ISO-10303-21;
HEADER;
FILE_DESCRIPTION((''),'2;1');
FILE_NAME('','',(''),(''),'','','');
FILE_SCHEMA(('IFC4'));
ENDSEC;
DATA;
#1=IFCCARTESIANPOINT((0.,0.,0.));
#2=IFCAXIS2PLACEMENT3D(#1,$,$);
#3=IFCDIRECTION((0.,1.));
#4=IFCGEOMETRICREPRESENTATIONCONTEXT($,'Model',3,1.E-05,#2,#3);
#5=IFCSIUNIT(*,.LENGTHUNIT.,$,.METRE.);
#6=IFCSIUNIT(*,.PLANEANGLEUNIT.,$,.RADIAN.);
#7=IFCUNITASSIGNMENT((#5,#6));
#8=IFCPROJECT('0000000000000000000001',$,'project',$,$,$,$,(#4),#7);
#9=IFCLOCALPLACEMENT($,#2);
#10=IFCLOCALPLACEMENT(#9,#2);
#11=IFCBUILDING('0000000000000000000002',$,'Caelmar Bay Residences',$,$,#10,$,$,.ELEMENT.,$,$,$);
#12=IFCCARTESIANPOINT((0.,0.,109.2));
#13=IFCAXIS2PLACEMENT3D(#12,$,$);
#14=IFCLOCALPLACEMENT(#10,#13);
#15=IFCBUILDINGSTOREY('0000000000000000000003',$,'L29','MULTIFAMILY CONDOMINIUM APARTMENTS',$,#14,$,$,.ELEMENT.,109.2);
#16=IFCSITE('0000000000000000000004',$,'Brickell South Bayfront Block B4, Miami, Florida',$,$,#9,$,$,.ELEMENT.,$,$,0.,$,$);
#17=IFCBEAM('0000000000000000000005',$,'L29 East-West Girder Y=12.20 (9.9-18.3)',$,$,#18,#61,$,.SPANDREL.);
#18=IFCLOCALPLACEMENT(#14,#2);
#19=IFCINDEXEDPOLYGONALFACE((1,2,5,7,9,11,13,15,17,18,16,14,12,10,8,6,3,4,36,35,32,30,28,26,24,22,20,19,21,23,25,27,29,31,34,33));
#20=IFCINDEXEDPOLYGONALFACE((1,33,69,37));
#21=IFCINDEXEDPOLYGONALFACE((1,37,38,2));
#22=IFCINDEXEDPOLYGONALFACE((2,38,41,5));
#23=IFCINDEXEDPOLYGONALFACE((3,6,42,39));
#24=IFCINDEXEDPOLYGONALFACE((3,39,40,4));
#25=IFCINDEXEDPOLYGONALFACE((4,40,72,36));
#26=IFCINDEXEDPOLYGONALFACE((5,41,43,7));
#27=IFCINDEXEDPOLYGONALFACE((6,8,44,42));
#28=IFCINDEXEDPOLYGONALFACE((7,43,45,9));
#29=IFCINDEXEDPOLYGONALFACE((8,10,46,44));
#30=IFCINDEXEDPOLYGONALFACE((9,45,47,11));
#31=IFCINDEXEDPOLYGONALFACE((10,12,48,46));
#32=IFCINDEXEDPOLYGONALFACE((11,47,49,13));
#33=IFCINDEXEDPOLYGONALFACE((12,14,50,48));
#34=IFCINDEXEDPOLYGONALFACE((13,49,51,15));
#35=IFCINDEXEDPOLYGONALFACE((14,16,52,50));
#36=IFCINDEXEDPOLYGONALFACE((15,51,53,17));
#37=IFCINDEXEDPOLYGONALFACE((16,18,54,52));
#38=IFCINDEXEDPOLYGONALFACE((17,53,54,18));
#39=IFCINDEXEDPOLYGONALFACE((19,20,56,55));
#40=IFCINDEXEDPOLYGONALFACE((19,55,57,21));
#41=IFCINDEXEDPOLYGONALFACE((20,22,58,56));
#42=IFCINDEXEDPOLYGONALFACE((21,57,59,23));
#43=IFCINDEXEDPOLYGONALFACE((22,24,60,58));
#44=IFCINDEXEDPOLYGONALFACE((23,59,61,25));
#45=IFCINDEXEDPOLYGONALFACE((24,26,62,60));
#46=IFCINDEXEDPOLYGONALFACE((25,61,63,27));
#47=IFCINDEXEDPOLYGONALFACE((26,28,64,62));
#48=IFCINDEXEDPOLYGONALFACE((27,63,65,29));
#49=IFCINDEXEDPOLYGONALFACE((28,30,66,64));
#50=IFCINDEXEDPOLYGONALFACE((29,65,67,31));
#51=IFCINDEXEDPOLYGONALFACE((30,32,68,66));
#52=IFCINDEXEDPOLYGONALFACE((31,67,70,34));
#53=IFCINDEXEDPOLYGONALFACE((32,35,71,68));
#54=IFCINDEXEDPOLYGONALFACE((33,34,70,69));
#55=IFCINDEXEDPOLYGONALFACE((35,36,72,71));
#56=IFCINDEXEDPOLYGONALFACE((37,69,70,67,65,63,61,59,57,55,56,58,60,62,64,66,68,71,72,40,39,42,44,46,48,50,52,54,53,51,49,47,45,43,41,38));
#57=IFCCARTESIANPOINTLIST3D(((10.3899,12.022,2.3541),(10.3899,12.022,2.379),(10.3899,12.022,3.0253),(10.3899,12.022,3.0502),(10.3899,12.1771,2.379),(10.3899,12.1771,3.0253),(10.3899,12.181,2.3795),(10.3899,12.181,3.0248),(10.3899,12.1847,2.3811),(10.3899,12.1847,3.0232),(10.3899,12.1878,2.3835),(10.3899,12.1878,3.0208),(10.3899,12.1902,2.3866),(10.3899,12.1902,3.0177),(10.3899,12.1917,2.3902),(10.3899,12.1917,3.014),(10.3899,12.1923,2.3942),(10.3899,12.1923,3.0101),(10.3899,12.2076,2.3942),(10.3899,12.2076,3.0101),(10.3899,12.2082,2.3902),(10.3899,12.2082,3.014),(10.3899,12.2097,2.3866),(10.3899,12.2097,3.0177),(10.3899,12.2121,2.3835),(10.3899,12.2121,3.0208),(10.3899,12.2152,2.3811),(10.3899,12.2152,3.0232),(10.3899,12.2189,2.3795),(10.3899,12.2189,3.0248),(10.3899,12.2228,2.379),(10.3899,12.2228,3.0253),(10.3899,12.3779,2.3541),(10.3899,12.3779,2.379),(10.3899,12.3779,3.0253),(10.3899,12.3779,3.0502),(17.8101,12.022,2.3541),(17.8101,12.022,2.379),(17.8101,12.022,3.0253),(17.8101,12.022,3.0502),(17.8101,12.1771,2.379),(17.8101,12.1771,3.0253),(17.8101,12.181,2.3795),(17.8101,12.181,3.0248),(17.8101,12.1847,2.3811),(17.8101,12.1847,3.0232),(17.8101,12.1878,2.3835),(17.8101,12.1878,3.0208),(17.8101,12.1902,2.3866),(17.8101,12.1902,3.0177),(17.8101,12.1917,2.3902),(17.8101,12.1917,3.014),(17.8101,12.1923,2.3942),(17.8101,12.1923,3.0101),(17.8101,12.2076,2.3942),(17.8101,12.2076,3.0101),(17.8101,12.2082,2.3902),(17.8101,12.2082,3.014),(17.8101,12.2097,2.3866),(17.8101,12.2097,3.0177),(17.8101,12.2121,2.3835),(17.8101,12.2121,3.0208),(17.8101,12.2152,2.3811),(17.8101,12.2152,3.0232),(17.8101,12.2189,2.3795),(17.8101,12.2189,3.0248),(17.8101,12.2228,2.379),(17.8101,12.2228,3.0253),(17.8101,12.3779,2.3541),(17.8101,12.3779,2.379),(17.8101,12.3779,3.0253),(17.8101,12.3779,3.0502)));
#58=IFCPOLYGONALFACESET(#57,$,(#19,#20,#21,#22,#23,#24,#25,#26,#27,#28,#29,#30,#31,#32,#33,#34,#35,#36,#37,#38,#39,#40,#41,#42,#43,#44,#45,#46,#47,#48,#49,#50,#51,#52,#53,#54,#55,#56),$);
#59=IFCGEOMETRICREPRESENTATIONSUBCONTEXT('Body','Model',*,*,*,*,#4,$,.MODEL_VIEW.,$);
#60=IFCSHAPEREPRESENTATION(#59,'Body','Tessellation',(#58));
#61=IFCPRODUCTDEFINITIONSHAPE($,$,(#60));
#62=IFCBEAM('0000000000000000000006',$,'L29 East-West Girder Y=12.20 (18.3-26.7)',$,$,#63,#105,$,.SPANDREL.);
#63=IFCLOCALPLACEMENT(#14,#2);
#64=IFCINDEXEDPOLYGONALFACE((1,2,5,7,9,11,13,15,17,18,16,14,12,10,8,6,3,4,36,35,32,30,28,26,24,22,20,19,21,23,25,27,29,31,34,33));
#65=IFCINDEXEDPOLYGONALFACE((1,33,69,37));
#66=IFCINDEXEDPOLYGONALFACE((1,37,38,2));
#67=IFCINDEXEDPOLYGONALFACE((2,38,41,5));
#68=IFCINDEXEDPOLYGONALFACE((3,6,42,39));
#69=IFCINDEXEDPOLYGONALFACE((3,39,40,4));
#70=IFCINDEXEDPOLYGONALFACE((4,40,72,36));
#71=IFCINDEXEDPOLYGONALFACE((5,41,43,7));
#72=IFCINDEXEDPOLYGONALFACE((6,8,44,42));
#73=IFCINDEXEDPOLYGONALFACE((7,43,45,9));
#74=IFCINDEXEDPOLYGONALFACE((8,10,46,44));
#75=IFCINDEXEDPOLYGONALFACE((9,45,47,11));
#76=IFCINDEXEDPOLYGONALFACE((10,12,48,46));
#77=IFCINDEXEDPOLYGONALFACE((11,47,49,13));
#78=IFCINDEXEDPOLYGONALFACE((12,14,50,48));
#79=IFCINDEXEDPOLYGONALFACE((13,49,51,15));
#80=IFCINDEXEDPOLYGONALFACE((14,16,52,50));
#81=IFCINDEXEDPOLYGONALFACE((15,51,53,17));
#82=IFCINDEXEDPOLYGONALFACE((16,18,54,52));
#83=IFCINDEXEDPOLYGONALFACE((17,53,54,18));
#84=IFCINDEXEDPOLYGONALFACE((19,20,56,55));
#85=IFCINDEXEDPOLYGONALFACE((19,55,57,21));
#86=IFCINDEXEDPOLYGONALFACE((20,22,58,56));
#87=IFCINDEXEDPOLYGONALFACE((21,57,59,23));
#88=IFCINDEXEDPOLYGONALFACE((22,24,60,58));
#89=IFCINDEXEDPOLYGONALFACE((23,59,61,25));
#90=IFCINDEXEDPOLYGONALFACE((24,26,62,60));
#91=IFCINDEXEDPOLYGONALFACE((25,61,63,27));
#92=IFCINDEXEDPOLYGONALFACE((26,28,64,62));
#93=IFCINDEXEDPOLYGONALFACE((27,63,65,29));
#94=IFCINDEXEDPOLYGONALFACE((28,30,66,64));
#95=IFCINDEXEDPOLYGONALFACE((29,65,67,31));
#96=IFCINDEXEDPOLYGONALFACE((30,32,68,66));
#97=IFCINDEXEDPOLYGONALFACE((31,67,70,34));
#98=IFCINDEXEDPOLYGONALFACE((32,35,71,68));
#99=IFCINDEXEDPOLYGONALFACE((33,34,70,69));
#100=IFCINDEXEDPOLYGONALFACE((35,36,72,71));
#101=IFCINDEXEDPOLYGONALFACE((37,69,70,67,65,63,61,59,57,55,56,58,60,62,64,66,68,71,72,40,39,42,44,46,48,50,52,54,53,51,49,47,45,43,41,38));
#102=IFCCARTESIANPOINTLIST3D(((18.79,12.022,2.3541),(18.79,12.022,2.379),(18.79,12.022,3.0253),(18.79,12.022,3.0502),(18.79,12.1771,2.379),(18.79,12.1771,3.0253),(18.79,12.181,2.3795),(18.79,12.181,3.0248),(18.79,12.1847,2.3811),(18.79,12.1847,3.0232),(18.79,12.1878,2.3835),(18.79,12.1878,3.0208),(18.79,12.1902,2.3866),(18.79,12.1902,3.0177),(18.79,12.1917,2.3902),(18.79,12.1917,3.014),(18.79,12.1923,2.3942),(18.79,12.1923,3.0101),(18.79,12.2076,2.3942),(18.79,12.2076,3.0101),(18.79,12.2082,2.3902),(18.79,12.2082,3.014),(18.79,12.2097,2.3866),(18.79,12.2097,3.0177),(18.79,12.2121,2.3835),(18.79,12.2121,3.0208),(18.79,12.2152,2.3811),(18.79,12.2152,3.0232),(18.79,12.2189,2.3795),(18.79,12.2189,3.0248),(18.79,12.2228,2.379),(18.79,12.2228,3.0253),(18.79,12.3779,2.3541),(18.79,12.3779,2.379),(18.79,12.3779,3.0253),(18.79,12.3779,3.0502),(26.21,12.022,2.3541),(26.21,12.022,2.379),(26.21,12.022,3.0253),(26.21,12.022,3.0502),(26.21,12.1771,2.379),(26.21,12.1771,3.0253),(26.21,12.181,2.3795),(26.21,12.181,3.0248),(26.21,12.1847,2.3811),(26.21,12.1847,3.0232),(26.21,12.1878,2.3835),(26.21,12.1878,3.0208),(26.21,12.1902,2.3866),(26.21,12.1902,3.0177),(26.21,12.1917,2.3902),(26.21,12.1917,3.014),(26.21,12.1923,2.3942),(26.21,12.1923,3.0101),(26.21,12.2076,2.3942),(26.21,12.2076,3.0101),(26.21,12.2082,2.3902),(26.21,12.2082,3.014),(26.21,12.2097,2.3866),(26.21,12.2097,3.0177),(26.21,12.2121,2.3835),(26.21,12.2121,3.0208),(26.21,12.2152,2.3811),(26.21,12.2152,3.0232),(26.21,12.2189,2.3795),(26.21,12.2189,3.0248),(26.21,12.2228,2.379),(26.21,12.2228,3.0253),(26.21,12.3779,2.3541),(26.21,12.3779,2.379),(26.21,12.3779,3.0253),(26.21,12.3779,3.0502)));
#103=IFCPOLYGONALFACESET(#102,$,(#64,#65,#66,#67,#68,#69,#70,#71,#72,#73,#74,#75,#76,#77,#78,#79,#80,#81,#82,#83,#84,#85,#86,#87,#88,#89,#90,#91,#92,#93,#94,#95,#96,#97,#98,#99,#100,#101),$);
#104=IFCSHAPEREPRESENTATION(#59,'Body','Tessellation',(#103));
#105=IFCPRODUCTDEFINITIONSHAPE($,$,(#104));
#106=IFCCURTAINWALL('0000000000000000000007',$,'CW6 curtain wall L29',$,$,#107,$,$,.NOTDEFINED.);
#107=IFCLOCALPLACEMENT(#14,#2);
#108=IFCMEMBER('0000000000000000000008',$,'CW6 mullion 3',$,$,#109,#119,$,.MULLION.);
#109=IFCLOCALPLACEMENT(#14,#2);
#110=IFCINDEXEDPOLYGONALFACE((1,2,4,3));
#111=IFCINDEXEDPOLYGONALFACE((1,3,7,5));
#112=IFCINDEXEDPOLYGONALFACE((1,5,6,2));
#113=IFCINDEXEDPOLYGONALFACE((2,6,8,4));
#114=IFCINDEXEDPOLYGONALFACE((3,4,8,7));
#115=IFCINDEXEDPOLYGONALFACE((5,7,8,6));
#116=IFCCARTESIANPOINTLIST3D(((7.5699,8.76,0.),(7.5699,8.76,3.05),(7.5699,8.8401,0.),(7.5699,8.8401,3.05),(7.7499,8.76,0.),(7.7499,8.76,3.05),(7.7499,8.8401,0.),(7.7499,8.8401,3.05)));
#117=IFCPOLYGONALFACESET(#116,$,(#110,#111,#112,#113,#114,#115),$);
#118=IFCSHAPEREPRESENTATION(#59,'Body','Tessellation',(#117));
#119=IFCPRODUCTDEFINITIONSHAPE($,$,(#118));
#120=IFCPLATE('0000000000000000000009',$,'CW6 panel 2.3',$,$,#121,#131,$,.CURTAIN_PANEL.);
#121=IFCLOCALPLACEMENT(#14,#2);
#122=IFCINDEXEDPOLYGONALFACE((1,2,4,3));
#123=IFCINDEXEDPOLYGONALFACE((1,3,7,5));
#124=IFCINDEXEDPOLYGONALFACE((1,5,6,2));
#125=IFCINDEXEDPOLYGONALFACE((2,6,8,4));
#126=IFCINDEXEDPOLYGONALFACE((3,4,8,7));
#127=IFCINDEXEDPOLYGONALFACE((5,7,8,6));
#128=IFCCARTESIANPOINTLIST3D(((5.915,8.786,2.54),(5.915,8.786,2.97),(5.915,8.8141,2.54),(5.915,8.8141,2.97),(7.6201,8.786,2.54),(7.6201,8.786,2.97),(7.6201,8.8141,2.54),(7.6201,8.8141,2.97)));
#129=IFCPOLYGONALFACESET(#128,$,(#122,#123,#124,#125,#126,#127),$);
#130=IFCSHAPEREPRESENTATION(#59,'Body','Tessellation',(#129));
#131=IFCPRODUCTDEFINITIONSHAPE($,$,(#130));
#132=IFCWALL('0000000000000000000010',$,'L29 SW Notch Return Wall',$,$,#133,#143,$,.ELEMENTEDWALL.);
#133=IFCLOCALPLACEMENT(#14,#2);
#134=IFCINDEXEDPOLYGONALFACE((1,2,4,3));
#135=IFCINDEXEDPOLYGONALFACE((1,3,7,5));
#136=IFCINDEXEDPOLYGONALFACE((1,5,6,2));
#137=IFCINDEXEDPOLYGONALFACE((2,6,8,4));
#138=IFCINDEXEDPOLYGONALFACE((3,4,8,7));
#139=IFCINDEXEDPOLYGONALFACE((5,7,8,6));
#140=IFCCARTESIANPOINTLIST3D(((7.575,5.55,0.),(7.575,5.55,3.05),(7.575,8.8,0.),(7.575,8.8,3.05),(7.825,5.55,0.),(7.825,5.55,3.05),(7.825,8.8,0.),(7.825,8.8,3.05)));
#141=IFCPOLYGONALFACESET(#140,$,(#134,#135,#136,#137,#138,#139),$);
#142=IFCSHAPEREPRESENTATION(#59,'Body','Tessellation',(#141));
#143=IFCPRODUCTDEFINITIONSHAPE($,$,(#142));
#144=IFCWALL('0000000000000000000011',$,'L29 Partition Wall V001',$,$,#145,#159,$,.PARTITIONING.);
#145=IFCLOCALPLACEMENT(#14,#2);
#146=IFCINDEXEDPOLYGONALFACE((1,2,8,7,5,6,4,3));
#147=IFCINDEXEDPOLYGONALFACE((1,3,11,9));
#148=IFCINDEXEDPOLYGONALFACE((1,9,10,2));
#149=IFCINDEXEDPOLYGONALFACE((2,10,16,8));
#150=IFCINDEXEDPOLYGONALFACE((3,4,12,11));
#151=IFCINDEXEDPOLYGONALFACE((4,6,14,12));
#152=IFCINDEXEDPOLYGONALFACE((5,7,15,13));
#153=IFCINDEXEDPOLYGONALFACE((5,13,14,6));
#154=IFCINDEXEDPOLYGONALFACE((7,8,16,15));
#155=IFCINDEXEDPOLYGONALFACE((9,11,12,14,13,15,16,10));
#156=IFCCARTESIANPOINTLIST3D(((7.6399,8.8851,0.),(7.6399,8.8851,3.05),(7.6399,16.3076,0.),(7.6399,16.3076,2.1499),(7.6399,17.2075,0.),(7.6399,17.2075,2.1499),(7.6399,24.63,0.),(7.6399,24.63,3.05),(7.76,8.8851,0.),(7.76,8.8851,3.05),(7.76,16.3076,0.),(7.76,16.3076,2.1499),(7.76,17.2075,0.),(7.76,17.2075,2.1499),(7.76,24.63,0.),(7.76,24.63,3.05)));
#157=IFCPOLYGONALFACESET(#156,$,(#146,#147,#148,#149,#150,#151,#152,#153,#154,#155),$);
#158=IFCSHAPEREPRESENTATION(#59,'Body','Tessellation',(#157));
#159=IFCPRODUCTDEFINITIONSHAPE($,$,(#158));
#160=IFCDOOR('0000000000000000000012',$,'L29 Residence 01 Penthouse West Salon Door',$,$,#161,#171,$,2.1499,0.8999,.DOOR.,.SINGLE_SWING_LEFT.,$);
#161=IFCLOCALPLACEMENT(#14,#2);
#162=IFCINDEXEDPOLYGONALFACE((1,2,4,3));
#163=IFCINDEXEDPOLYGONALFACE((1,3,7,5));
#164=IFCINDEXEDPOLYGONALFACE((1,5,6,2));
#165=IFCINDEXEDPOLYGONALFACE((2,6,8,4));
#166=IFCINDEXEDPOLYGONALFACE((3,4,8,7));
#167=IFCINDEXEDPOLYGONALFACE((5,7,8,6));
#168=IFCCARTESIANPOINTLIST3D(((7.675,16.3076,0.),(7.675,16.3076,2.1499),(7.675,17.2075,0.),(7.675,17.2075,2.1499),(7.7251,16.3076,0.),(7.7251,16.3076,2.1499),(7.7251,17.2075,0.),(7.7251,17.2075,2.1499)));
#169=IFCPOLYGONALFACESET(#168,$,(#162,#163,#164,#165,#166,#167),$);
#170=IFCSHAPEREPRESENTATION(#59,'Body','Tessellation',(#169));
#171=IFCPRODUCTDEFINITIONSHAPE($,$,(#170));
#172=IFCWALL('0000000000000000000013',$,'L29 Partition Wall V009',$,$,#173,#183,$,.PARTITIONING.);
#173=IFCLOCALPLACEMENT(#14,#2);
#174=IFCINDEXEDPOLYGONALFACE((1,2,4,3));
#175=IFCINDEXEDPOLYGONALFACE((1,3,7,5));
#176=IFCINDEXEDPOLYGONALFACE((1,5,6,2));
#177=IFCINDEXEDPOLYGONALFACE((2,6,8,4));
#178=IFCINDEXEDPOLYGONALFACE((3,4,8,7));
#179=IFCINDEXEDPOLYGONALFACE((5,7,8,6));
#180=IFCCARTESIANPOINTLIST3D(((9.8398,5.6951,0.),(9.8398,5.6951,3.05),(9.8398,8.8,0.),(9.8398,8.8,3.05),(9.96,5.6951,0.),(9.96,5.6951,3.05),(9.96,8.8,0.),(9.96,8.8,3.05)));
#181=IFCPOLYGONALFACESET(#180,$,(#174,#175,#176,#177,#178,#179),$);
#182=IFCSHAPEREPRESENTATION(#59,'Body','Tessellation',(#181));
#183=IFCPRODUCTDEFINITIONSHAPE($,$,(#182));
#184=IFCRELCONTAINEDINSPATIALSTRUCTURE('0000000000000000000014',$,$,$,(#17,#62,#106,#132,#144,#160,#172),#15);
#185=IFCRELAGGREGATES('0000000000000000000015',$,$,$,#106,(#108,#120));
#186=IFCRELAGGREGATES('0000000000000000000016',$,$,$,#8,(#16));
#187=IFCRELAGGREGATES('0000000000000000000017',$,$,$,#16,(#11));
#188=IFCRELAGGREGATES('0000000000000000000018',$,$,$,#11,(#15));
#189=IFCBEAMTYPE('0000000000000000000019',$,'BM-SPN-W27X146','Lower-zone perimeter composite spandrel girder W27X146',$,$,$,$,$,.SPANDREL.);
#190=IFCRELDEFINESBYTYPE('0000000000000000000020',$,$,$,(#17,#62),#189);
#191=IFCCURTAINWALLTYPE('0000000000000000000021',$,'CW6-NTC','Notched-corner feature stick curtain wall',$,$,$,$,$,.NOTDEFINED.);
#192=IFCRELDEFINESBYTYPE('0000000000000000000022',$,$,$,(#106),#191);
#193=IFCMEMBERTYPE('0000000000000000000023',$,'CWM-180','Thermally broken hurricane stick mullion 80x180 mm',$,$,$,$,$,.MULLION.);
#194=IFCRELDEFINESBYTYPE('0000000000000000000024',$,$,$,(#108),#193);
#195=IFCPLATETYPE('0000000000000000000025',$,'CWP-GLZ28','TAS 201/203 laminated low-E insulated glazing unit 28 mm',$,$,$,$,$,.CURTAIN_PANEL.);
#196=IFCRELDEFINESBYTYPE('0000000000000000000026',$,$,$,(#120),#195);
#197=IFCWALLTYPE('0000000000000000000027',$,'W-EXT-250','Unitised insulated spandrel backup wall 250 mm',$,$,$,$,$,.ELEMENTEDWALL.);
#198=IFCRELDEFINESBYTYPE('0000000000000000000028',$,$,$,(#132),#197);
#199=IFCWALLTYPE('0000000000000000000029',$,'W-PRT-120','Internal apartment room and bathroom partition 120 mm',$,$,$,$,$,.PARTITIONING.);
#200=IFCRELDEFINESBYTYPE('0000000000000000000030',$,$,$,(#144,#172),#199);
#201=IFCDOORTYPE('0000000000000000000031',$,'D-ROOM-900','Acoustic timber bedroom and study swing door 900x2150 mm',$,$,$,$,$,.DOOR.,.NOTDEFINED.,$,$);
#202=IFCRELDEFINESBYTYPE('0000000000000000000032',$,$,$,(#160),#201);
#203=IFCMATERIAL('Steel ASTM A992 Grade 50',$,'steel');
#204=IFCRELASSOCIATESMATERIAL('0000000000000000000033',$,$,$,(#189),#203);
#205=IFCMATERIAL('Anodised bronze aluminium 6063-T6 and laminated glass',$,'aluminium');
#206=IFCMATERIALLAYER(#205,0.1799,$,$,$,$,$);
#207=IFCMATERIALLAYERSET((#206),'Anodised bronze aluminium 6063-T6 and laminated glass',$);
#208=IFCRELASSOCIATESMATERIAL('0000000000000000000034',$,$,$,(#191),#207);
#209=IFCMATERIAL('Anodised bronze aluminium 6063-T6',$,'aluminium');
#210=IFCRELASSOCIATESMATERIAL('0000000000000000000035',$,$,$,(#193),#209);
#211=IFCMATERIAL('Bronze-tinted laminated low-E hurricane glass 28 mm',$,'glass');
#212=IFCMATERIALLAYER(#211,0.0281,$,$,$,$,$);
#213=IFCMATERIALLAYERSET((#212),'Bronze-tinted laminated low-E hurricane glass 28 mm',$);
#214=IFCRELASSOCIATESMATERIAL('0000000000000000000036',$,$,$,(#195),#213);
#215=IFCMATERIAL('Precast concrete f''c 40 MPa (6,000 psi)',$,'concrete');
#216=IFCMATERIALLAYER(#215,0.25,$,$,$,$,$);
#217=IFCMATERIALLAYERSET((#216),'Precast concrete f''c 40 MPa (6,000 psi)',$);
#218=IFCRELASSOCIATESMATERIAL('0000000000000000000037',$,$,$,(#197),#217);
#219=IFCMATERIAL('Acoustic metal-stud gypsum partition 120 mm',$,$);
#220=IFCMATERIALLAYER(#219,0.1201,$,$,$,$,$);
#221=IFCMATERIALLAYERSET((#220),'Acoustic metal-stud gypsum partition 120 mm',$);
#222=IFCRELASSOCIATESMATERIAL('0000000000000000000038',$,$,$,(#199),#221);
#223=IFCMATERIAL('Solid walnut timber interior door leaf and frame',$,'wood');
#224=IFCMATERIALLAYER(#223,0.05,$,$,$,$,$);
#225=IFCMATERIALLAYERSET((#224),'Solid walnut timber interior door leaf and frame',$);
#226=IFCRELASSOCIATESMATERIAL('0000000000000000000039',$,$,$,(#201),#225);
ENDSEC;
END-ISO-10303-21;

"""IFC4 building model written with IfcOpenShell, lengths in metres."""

from ifc_helpers import new_model, si_unit, direction, frame, frame_2d, origin, origin_2d, place, context, subcontext, project, spatial, rectangle, i_section, extrude, material, layer, layer_set, material_profile, profile_set, type_object, element, fill, aggregate, save


model = new_model("IFC4")

# Units and contexts
model_context = context("Model", 3, precision=1e-05, world=origin(), true_north=direction((0.0, 1.0)))
body_context = subcontext(model_context, "Body", "Model", "MODEL_VIEW")
ifc_project = project(units=[si_unit("LENGTHUNIT", "METRE"), si_unit("PLANEANGLEUNIT", "RADIAN")], contexts=[model_context])

# Site, building, storey
site_placement = place(None, origin())
site = spatial("IfcSite", under=ifc_project, at=site_placement, Name="Brickell South Bayfront Block B4, Miami, Florida", CompositionType="ELEMENT", RefElevation=0.0)
building_placement = place(site_placement, origin())
building = spatial("IfcBuilding", under=site, at=building_placement, Name="Caelmar Bay Residences", CompositionType="ELEMENT")
storey_placement = place(building_placement, frame((0.0, 0.0, 109.2)))
storey = spatial("IfcBuildingStorey", under=building, at=storey_placement, Name="L29", Description="MULTIFAMILY CONDOMINIUM APARTMENTS", CompositionType="ELEMENT", Elevation=109.2)

# Beams
ifc_material_1 = material(Name="Steel ASTM A992 Grade 50", Category="steel")
ifc_material_profile_1 = material_profile(ifc_material_1, i_section(OverallWidth=0.356, OverallDepth=0.696, WebThickness=0.0154, FlangeThickness=0.0249, FilletRadius=0.0151, at=origin_2d()), Name="W27X146")
ifc_profile_set_1 = profile_set([ifc_material_profile_1], Name="Steel ASTM A992 Grade 50")
beam_type_1 = type_object("IfcBeamType", Name="BM-SPN-W27X146", Description="Lower-zone perimeter composite spandrel girder W27X146", PredefinedType="SPANDREL", material=ifc_profile_set_1)
beam_1_placement = place(storey_placement, frame((10.3899, 12.2, 2.7021), z_axis=(1.0, 0.0, 0.0), x_axis=(0.0, 1.0, 0.0)))
element("IfcBeam", 1, at=beam_1_placement, inside=storey, type_object=beam_type_1, Name="L29 East-West Girder Y=12.20 (9.9-18.3)", PredefinedType="SPANDREL", context=body_context, shape_type="SweptSolid", body=[
    extrude(i_section(OverallWidth=0.356, OverallDepth=0.696, WebThickness=0.0154, FlangeThickness=0.0249, FilletRadius=0.0151, at=origin_2d()), origin(), (0.0, 0.0, 1.0), 7.4202),
])
beam_2_placement = place(storey_placement, frame((18.79, 12.2, 2.7021), z_axis=(1.0, 0.0, 0.0), x_axis=(0.0, 1.0, 0.0)))
element("IfcBeam", 2, at=beam_2_placement, inside=storey, type_object=beam_type_1, Name="L29 East-West Girder Y=12.20 (18.3-26.7)", PredefinedType="SPANDREL", context=body_context, shape_type="SweptSolid", body=[
    extrude(i_section(OverallWidth=0.356, OverallDepth=0.696, WebThickness=0.0154, FlangeThickness=0.0249, FilletRadius=0.0151, at=origin_2d()), origin(), (0.0, 0.0, 1.0), 7.4199),
])

# Curtain wall, member, plate
ifc_material_2 = material(Name="Anodised bronze aluminium 6063-T6 and laminated glass", Category="aluminium")
ifc_layer_1 = layer(ifc_material_2, 0.1799)
ifc_layer_set_1 = layer_set([ifc_layer_1], Name="Anodised bronze aluminium 6063-T6 and laminated glass")
curtain_wall_type = type_object("IfcCurtainWallType", Name="CW6-NTC", Description="Notched-corner feature stick curtain wall", PredefinedType="NOTDEFINED", material=ifc_layer_set_1)
curtain_wall_placement = place(storey_placement, origin())
curtain_wall = element("IfcCurtainWall", 3, at=curtain_wall_placement, inside=storey, type_object=curtain_wall_type, Name="CW6 curtain wall L29", PredefinedType="NOTDEFINED")
ifc_material_3 = material(Name="Anodised bronze aluminium 6063-T6", Category="aluminium")
ifc_material_profile_2 = material_profile(ifc_material_3, rectangle(XDim=0.0801, YDim=0.1799, at=origin_2d()), Name="CWM-80X180")
ifc_profile_set_2 = profile_set([ifc_material_profile_2], Name="Anodised bronze aluminium 6063-T6")
member_type = type_object("IfcMemberType", Name="CWM-180", Description="Thermally broken hurricane stick mullion 80x180 mm", PredefinedType="MULLION", material=ifc_profile_set_2)
member_placement = place(storey_placement, frame((7.6599, 8.8, 0.0), z_axis=(0.0, 0.0, 1.0), x_axis=(0.0, 1.0, 0.0)))
member = element("IfcMember", 4, at=member_placement, type_object=member_type, Name="CW6 mullion 3", PredefinedType="MULLION", context=body_context, shape_type="SweptSolid", body=[
    extrude(rectangle(XDim=0.0801, YDim=0.1799, at=origin_2d()), origin(), (0.0, 0.0, 1.0), 3.05),
])
ifc_material_4 = material(Name="Bronze-tinted laminated low-E hurricane glass 28 mm", Category="glass")
ifc_layer_2 = layer(ifc_material_4, 0.0281)
ifc_layer_set_2 = layer_set([ifc_layer_2], Name="Bronze-tinted laminated low-E hurricane glass 28 mm")
plate_type = type_object("IfcPlateType", Name="CWP-GLZ28", Description="TAS 201/203 laminated low-E insulated glazing unit 28 mm", PredefinedType="CURTAIN_PANEL", material=ifc_layer_set_2)
plate_placement = place(storey_placement, frame((6.7676, 8.8, 2.54), z_axis=(0.0, 0.0, 1.0), x_axis=(1.0, 0.0, 0.0)))
plate = element("IfcPlate", 5, at=plate_placement, type_object=plate_type, Name="CW6 panel 2.3", PredefinedType="CURTAIN_PANEL", context=body_context, shape_type="SweptSolid", body=[
    extrude(rectangle(XDim=1.7051, YDim=0.0281, at=origin_2d()), origin(), (0.0, 0.0, 1.0), 0.4299),
])
aggregate(curtain_wall, [member, plate])

# Wall
ifc_material_5 = material(Name="Precast concrete f'c 40 MPa (6,000 psi)", Category="concrete")
ifc_layer_3 = layer(ifc_material_5, 0.25)
ifc_layer_set_3 = layer_set([ifc_layer_3], Name="Precast concrete f'c 40 MPa (6,000 psi)")
wall_type_1 = type_object("IfcWallType", Name="W-EXT-250", Description="Unitised insulated spandrel backup wall 250 mm", PredefinedType="ELEMENTEDWALL", material=ifc_layer_set_3)
wall_1_placement = place(storey_placement, frame((7.7, 8.8, 0.0), z_axis=(0.0, 0.0, 1.0), x_axis=(0.0, -1.0, 0.0)))
element("IfcWall", 6, at=wall_1_placement, inside=storey, type_object=wall_type_1, Name="L29 SW Notch Return Wall", PredefinedType="ELEMENTEDWALL", context=body_context, shape_type="SweptSolid", body=[
    extrude(rectangle(XDim=3.25, YDim=0.25, at=frame_2d((1.625, 0.0))), origin(), (0.0, 0.0, 1.0), 3.05),
])

# Wall, opening, door
ifc_material_6 = material(Name="Acoustic metal-stud gypsum partition 120 mm")
ifc_layer_4 = layer(ifc_material_6, 0.1201)
ifc_layer_set_4 = layer_set([ifc_layer_4], Name="Acoustic metal-stud gypsum partition 120 mm")
wall_type_2 = type_object("IfcWallType", Name="W-PRT-120", Description="Internal apartment room and bathroom partition 120 mm", PredefinedType="PARTITIONING", material=ifc_layer_set_4)
wall_2_placement = place(storey_placement, frame((7.7, 8.885, 0.0), z_axis=(0.0, 0.0, 1.0), x_axis=(0.0, 1.0, 0.0)))
wall_2 = element("IfcWall", 7, at=wall_2_placement, inside=storey, type_object=wall_type_2, Name="L29 Partition Wall V001", PredefinedType="PARTITIONING", context=body_context, shape_type="SweptSolid", body=[
    extrude(rectangle(XDim=15.7449, YDim=0.1201, at=frame_2d((7.8726, 0.0))), origin(), (0.0, 0.0, 1.0), 3.05),
])
opening_1_placement = place(wall_2_placement, frame((7.4226, 0.0, 0.0)))
opening_1 = element("IfcOpeningElement", 8, at=opening_1_placement, cuts=wall_2, PredefinedType="OPENING", context=body_context, shape_type="SweptSolid", body=[
    extrude(rectangle(XDim=0.8999, YDim=2.1499, at=frame_2d((0.45, 1.075))), frame((0.0, 0.0701, 0.0), z_axis=(0.0, -1.0, 0.0), x_axis=(1.0, 0.0, 0.0)), (0.0, 0.0, 1.0), 0.1401),
])
ifc_material_7 = material(Name="Solid walnut timber interior door leaf and frame", Category="wood")
ifc_layer_5 = layer(ifc_material_7, 0.05)
ifc_layer_set_5 = layer_set([ifc_layer_5], Name="Solid walnut timber interior door leaf and frame")
door_type = type_object("IfcDoorType", Name="D-ROOM-900", Description="Acoustic timber bedroom and study swing door 900x2150 mm", OperationType="NOTDEFINED", PredefinedType="DOOR", material=ifc_layer_set_5)
door_1_placement = place(opening_1_placement, origin())
door_1 = element("IfcDoor", 9, at=door_1_placement, inside=storey, type_object=door_type, Name="L29 Residence 01 Penthouse West Salon Door", OperationType="SINGLE_SWING_LEFT", OverallHeight=2.1499, OverallWidth=0.8999, PredefinedType="DOOR", context=body_context, shape_type="SweptSolid", body=[
    extrude(rectangle(XDim=0.8999, YDim=2.1499, at=frame_2d((0.45, 1.075))), frame((0.0, 0.0249, 0.0), z_axis=(0.0, -1.0, 0.0), x_axis=(1.0, 0.0, 0.0)), (0.0, 0.0, 1.0), 0.05),
])
fill(opening_1, door_1)

# Wall
wall_3_placement = place(storey_placement, frame((9.8999, 5.6951, 0.0), z_axis=(0.0, 0.0, 1.0), x_axis=(0.0, 1.0, 0.0)))
element("IfcWall", 10, at=wall_3_placement, inside=storey, type_object=wall_type_2, Name="L29 Partition Wall V009", PredefinedType="PARTITIONING", context=body_context, shape_type="SweptSolid", body=[
    extrude(rectangle(XDim=3.105, YDim=0.1201, at=frame_2d((1.5525, 0.0))), origin(), (0.0, 0.0, 1.0), 3.05),
])

save(model, "model.ifc")
